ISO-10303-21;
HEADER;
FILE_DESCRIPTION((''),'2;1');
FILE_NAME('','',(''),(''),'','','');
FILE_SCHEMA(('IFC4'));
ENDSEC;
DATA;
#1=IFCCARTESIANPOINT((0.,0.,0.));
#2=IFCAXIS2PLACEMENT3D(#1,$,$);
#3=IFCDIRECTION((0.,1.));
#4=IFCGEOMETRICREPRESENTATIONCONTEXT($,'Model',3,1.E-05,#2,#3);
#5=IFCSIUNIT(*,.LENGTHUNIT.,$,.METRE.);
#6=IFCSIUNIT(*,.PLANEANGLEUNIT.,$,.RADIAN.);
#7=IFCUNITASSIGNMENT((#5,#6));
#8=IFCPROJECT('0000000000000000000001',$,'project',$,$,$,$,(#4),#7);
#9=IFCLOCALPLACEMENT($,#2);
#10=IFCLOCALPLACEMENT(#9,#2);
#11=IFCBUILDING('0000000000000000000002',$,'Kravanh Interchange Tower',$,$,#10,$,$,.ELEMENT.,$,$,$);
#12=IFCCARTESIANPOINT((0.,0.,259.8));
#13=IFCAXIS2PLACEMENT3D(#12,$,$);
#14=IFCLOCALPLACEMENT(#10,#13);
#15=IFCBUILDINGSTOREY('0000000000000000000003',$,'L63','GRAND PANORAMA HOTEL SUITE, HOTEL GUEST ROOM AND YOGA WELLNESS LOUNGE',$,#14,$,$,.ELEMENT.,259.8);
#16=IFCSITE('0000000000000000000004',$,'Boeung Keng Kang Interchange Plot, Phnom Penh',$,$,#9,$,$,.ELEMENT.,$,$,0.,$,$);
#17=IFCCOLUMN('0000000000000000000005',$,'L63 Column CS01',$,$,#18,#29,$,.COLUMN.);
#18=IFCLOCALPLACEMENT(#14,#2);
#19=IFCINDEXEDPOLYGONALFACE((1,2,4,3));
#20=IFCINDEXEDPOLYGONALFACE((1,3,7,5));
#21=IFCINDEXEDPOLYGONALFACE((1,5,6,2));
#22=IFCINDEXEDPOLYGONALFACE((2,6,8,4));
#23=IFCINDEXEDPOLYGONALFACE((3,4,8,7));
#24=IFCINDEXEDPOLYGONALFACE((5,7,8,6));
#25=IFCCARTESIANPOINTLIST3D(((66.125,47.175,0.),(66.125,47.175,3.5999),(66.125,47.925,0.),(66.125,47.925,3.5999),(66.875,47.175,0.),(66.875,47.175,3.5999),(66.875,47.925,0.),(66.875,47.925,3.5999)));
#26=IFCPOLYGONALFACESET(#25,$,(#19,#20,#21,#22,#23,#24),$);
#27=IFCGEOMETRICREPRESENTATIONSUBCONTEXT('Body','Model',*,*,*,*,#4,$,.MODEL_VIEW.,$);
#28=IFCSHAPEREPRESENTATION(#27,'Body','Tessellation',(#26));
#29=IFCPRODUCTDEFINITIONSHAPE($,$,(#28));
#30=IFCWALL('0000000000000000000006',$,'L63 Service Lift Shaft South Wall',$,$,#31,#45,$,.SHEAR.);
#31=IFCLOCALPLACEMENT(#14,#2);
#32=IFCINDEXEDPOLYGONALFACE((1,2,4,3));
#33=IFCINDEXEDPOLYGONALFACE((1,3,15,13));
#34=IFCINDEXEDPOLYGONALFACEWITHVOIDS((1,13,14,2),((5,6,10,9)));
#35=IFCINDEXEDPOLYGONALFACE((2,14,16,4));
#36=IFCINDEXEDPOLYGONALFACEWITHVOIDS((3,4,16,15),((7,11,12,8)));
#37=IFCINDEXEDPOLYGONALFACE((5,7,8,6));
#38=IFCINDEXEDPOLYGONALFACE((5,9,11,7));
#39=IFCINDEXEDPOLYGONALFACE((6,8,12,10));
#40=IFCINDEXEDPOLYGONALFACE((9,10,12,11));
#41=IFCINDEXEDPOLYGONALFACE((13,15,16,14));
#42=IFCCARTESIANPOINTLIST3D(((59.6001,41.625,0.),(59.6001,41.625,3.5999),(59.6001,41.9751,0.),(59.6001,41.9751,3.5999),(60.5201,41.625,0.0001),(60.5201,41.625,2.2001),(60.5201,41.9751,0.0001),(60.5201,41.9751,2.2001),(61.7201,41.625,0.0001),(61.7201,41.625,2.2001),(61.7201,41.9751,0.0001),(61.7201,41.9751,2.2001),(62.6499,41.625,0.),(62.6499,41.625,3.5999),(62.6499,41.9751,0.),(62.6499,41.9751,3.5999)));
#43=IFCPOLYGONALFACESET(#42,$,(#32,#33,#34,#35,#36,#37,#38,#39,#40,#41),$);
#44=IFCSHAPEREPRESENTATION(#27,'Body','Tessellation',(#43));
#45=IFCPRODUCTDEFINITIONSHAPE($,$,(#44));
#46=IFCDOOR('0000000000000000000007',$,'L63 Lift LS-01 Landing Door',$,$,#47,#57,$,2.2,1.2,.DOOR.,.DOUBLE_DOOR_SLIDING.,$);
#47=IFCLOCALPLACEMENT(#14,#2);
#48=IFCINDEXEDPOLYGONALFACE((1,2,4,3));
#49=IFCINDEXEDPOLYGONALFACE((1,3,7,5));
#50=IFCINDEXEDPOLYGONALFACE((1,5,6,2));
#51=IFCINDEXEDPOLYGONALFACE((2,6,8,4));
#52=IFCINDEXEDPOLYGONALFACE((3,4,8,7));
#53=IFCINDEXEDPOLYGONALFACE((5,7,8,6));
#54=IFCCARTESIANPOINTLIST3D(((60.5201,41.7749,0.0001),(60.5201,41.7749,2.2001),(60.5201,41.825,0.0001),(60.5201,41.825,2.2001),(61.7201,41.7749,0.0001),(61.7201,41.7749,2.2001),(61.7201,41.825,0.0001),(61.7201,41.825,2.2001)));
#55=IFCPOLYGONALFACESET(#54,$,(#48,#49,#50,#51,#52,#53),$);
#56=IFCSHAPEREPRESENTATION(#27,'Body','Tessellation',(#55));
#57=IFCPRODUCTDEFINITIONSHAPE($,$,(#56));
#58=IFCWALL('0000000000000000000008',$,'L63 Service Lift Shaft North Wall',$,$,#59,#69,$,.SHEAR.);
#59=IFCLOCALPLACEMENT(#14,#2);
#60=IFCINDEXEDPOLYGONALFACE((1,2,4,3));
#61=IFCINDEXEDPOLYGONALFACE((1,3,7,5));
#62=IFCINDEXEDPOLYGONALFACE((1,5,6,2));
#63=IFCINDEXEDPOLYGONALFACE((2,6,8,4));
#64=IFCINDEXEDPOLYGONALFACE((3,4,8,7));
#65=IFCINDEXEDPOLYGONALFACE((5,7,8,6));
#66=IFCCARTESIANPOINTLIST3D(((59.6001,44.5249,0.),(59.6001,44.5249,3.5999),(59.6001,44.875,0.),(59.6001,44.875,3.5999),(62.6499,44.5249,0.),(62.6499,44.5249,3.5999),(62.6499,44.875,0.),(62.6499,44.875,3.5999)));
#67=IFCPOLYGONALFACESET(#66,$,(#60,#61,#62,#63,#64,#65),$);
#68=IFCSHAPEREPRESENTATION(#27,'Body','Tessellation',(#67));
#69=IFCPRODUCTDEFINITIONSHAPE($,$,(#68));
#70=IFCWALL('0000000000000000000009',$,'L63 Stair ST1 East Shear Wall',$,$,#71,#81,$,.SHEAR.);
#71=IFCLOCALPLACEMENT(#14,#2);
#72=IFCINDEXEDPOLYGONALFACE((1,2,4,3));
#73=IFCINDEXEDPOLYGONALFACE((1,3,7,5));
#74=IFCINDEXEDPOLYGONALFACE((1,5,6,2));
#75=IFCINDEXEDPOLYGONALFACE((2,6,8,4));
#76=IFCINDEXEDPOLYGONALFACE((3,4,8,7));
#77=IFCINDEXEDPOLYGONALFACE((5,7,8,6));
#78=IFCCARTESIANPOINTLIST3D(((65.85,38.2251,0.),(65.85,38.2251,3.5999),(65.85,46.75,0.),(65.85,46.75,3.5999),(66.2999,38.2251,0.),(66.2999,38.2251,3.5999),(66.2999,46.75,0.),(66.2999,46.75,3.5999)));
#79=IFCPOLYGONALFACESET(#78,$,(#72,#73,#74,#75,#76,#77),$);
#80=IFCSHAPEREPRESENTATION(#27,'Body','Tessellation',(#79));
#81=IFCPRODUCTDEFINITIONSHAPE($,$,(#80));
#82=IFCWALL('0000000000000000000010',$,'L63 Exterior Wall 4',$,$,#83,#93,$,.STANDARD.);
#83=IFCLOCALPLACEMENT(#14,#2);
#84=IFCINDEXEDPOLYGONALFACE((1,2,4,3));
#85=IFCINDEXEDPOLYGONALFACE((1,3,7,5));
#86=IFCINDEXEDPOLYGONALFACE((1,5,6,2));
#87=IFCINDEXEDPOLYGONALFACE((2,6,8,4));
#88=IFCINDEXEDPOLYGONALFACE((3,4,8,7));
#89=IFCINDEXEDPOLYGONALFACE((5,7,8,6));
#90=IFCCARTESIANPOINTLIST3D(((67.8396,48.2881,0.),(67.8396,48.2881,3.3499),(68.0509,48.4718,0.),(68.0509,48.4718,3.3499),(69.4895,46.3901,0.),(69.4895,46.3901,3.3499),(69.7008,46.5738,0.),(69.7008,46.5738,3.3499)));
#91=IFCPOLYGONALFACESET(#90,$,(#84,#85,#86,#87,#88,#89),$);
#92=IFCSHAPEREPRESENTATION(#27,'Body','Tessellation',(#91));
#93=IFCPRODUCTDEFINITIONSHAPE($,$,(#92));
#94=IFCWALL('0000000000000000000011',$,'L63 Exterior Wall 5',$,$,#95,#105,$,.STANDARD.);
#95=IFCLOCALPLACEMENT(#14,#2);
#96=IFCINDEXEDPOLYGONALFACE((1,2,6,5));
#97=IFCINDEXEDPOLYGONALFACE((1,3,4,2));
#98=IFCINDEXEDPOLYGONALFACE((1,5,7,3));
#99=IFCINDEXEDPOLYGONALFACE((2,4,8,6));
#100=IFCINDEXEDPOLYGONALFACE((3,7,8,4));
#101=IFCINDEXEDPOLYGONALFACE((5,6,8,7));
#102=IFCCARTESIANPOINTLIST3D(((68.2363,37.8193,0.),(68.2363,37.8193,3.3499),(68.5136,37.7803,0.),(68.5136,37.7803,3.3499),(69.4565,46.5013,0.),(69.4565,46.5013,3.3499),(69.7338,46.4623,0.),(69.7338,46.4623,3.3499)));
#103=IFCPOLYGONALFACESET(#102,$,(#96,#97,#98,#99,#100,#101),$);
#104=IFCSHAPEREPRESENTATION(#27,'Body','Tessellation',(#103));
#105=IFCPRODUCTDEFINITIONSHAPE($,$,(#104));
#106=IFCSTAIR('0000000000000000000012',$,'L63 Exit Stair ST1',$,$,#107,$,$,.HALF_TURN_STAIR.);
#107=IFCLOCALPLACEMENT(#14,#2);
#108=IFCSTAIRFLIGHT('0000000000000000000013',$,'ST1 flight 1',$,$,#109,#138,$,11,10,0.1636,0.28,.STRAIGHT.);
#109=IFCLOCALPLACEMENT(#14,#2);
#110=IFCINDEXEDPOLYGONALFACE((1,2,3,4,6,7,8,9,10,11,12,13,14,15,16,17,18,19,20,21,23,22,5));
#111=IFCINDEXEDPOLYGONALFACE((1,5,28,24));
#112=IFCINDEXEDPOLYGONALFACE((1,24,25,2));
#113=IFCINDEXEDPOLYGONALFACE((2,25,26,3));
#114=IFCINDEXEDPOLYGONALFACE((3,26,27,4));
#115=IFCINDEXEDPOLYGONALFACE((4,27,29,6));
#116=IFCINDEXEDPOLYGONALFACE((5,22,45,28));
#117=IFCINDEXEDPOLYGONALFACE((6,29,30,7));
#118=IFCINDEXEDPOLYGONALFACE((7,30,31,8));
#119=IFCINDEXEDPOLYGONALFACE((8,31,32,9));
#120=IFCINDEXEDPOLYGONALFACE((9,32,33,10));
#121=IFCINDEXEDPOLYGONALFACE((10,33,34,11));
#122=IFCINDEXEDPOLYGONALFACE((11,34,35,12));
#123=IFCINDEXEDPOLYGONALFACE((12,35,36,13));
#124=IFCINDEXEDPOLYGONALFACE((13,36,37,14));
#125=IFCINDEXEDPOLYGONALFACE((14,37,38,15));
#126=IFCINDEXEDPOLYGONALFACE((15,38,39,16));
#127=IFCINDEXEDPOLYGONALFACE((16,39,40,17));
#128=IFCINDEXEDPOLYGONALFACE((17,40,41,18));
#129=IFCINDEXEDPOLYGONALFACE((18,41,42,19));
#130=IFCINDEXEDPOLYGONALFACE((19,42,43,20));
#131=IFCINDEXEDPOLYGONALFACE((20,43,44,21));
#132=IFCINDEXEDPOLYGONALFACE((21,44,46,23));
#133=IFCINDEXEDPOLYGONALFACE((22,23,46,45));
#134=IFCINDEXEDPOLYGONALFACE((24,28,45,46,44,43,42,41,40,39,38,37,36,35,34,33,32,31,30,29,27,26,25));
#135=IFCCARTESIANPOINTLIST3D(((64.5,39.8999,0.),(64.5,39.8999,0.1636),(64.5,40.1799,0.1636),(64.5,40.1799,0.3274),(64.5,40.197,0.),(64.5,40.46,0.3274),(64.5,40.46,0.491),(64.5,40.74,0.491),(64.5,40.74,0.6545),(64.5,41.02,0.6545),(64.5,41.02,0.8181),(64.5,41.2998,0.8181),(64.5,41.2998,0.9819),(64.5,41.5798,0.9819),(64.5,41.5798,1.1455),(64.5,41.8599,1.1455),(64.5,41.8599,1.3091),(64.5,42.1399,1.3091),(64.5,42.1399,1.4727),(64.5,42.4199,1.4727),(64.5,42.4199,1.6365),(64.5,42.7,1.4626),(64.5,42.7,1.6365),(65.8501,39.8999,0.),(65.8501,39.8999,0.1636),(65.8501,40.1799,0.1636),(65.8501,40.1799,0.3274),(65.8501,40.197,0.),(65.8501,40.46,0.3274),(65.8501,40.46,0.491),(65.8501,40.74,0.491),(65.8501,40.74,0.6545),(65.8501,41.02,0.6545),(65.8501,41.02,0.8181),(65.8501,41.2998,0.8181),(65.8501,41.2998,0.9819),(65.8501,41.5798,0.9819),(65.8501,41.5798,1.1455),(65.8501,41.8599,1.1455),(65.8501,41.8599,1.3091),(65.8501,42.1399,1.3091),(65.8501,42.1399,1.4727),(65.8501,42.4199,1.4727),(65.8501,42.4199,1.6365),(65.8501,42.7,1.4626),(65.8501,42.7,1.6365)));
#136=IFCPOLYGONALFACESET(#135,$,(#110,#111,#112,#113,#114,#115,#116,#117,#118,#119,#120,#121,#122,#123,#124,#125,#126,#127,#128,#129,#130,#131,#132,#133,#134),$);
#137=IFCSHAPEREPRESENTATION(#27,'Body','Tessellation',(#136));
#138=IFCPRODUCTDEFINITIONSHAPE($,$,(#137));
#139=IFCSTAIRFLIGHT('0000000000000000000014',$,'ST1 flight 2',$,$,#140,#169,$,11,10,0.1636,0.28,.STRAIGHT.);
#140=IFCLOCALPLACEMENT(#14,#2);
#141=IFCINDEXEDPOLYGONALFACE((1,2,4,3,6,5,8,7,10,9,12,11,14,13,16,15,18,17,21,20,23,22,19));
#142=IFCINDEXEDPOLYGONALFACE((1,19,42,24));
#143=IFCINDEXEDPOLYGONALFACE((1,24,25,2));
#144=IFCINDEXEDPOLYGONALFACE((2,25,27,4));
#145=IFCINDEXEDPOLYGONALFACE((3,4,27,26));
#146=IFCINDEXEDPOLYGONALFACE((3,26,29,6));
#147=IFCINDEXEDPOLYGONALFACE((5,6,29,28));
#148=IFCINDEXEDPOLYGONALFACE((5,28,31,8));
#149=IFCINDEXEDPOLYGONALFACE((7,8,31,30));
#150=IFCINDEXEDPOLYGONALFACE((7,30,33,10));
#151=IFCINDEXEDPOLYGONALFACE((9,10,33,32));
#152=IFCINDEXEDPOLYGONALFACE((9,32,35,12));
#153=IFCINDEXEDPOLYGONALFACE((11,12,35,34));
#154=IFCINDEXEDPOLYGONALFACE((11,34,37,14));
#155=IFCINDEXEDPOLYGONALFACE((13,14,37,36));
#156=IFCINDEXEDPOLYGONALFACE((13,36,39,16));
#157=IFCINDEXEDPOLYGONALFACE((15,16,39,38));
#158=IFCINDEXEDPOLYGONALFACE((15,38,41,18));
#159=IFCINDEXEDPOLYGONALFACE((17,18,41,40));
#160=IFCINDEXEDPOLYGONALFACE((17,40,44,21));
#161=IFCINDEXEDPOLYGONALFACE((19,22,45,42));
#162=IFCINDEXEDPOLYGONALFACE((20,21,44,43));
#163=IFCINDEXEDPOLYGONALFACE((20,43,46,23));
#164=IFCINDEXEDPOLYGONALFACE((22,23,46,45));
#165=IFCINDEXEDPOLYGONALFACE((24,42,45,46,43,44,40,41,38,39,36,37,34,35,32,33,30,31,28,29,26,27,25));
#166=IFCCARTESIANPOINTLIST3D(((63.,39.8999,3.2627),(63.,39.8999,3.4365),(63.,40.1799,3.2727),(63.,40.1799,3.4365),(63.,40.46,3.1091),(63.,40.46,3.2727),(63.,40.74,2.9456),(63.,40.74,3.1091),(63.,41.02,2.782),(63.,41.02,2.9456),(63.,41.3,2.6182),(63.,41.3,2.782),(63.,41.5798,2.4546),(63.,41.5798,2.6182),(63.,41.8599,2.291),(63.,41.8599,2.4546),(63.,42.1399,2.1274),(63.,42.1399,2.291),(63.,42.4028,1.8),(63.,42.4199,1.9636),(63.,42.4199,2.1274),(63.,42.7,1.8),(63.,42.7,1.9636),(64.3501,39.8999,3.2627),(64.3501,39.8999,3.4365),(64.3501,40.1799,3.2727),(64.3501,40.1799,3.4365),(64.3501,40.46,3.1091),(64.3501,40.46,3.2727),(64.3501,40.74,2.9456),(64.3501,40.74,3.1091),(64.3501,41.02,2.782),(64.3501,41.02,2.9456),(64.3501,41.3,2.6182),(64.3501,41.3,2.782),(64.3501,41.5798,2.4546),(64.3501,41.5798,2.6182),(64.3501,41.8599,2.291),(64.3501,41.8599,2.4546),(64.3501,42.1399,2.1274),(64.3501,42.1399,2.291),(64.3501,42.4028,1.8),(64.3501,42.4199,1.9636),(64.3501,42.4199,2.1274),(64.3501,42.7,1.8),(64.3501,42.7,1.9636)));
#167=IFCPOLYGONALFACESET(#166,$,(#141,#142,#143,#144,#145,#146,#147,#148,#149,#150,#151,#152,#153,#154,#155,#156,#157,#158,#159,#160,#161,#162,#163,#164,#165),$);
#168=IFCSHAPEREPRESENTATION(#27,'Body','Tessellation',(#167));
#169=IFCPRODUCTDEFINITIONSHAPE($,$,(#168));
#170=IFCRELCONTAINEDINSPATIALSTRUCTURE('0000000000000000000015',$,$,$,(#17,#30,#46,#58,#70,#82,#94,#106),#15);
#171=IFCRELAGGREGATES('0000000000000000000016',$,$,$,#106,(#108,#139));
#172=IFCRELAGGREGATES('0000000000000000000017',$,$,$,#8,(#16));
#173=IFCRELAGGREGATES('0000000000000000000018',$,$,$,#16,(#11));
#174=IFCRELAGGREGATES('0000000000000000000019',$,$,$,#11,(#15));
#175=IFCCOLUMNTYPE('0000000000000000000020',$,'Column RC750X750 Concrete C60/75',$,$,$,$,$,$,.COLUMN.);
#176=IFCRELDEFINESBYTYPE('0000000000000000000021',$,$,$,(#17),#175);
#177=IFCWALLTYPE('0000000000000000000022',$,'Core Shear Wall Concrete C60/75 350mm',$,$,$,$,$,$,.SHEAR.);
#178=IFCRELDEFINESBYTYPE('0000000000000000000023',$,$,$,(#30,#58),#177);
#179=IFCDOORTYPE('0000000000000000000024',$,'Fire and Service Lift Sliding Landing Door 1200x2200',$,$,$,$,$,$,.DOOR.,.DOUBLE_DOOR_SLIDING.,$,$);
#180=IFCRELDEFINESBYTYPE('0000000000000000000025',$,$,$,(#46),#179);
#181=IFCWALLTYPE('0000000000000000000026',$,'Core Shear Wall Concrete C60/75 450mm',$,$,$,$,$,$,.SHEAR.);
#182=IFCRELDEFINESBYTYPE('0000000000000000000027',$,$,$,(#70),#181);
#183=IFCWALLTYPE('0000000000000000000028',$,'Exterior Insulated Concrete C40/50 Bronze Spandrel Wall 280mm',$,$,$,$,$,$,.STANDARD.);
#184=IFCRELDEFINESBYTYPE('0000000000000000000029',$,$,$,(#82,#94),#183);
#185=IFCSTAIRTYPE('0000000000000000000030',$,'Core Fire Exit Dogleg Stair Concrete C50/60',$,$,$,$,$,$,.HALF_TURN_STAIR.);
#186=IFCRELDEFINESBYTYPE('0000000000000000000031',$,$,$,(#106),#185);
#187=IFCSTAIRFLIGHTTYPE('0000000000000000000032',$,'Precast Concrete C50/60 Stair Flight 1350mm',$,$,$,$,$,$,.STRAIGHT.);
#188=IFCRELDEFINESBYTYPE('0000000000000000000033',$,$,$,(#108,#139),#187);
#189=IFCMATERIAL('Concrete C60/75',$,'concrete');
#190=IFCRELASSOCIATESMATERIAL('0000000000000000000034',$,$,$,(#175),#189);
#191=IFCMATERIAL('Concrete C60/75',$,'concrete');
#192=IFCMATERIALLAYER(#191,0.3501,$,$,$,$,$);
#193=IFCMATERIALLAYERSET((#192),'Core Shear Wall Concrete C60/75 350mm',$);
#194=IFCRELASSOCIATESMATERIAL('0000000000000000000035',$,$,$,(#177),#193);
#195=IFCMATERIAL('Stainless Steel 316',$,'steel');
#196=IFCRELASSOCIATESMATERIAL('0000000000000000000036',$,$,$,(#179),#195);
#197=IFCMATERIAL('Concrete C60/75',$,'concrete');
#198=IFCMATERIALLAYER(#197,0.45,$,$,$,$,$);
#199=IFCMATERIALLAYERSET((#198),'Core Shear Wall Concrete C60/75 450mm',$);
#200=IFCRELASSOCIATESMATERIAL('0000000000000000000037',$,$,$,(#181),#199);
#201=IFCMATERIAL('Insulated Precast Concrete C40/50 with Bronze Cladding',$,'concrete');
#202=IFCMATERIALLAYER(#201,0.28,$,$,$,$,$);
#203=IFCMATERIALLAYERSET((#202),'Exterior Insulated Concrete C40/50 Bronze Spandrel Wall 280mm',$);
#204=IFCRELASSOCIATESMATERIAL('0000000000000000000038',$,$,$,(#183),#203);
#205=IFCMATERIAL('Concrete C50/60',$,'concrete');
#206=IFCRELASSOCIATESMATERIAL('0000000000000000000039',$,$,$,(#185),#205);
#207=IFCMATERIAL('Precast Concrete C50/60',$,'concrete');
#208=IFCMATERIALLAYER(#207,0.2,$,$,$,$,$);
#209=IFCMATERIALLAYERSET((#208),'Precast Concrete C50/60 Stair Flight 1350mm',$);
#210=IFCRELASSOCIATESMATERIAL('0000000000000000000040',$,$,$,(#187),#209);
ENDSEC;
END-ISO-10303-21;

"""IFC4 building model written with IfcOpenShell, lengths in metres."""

from ifc_helpers import new_model, si_unit, direction, frame, frame_2d, origin, origin_2d, place, context, subcontext, project, spatial, polyline, rectangle, outline, extrude, material, layer, layer_set, material_profile, profile_set, type_object, element, fill, aggregate, save


model = new_model("IFC4")

# Units and contexts
model_context = context("Model", 3, precision=1e-05, world=origin(), true_north=direction((0.0, 1.0)))
body_context = subcontext(model_context, "Body", "Model", "MODEL_VIEW")
ifc_project = project(units=[si_unit("LENGTHUNIT", "METRE"), si_unit("PLANEANGLEUNIT", "RADIAN")], contexts=[model_context])

# Site, building, storey
site_placement = place(None, origin())
site = spatial("IfcSite", under=ifc_project, at=site_placement, Name="Boeung Keng Kang Interchange Plot, Phnom Penh", CompositionType="ELEMENT", RefElevation=0.0)
building_placement = place(site_placement, origin())
building = spatial("IfcBuilding", under=site, at=building_placement, Name="Kravanh Interchange Tower", CompositionType="ELEMENT")
storey_placement = place(building_placement, frame((0.0, 0.0, 259.8)))
storey = spatial("IfcBuildingStorey", under=building, at=storey_placement, Name="L63", Description="GRAND PANORAMA HOTEL SUITE, HOTEL GUEST ROOM AND YOGA WELLNESS LOUNGE", CompositionType="ELEMENT", Elevation=259.8)

# Column
ifc_material_1 = material(Name="Concrete C60/75", Category="concrete")
ifc_material_profile = material_profile(ifc_material_1, rectangle(XDim=0.75, YDim=0.75, at=origin_2d()), Name="RC750X750")
ifc_profile_set = profile_set([ifc_material_profile], Name="Concrete C60/75")
column_type = type_object("IfcColumnType", Name="Column RC750X750 Concrete C60/75", PredefinedType="COLUMN", material=ifc_profile_set)
column_placement = place(storey_placement, frame((66.5, 47.55, 0.0), z_axis=(0.0, 0.0, 1.0), x_axis=(1.0, 0.0, 0.0)))
element("IfcColumn", 1, at=column_placement, inside=storey, type_object=column_type, Name="L63 Column CS01", PredefinedType="COLUMN", context=body_context, shape_type="SweptSolid", body=[
    extrude(rectangle(XDim=0.75, YDim=0.75, at=origin_2d()), origin(), (0.0, 0.0, 1.0), 3.5999),
])

# Wall, opening, door
ifc_material_2 = material(Name="Concrete C60/75", Category="concrete")
ifc_layer_1 = layer(ifc_material_2, 0.3501)
ifc_layer_set_1 = layer_set([ifc_layer_1], Name="Core Shear Wall Concrete C60/75 350mm")
wall_type_1 = type_object("IfcWallType", Name="Core Shear Wall Concrete C60/75 350mm", PredefinedType="SHEAR", material=ifc_layer_set_1)
wall_1_placement = place(storey_placement, frame((59.6001, 41.8, 0.0), z_axis=(0.0, 0.0, 1.0), x_axis=(1.0, 0.0, 0.0)))
wall_1 = element("IfcWall", 2, at=wall_1_placement, inside=storey, type_object=wall_type_1, Name="L63 Service Lift Shaft South Wall", PredefinedType="SHEAR", context=body_context, shape_type="SweptSolid", body=[
    extrude(rectangle(XDim=3.0498, YDim=0.3501, at=frame_2d((1.5249, 0.0))), origin(), (0.0, 0.0, 1.0), 3.5999),
])
opening_placement = place(wall_1_placement, frame((0.9199, 0.0, 0.0)))
opening = element("IfcOpeningElement", 3, at=opening_placement, cuts=wall_1, PredefinedType="OPENING", context=body_context, shape_type="SweptSolid", body=[
    extrude(rectangle(XDim=1.2, YDim=2.2, at=frame_2d((0.6001, 1.1001))), frame((0.0, 0.1851, 0.0), z_axis=(0.0, -1.0, 0.0), x_axis=(1.0, 0.0, 0.0)), (0.0, 0.0, 1.0), 0.3701),
])
ifc_material_3 = material(Name="Stainless Steel 316", Category="steel")
door_type = type_object("IfcDoorType", Name="Fire and Service Lift Sliding Landing Door 1200x2200", OperationType="DOUBLE_DOOR_SLIDING", PredefinedType="DOOR", material=ifc_material_3)
door_placement = place(opening_placement, origin())
door = element("IfcDoor", 4, at=door_placement, inside=storey, type_object=door_type, Name="L63 Lift LS-01 Landing Door", OperationType="DOUBLE_DOOR_SLIDING", OverallHeight=2.2, OverallWidth=1.2, PredefinedType="DOOR", context=body_context, shape_type="SweptSolid", body=[
    extrude(rectangle(XDim=1.2, YDim=2.2, at=frame_2d((0.6001, 1.1001))), frame((0.0, 0.0249, 0.0), z_axis=(0.0, -1.0, 0.0), x_axis=(1.0, 0.0, 0.0)), (0.0, 0.0, 1.0), 0.05),
])
fill(opening, door)

# Walls
wall_2_placement = place(storey_placement, frame((59.6001, 44.7, 0.0), z_axis=(0.0, 0.0, 1.0), x_axis=(1.0, 0.0, 0.0)))
element("IfcWall", 5, at=wall_2_placement, inside=storey, type_object=wall_type_1, Name="L63 Service Lift Shaft North Wall", PredefinedType="SHEAR", context=body_context, shape_type="SweptSolid", body=[
    extrude(rectangle(XDim=3.0498, YDim=0.3501, at=frame_2d((1.5249, 0.0))), origin(), (0.0, 0.0, 1.0), 3.5999),
])
ifc_material_4 = material(Name="Concrete C60/75", Category="concrete")
ifc_layer_2 = layer(ifc_material_4, 0.45)
ifc_layer_set_2 = layer_set([ifc_layer_2], Name="Core Shear Wall Concrete C60/75 450mm")
wall_type_2 = type_object("IfcWallType", Name="Core Shear Wall Concrete C60/75 450mm", PredefinedType="SHEAR", material=ifc_layer_set_2)
wall_3_placement = place(storey_placement, frame((66.075, 38.2251, 0.0), z_axis=(0.0, 0.0, 1.0), x_axis=(0.0, 1.0, 0.0)))
element("IfcWall", 6, at=wall_3_placement, inside=storey, type_object=wall_type_2, Name="L63 Stair ST1 East Shear Wall", PredefinedType="SHEAR", context=body_context, shape_type="SweptSolid", body=[
    extrude(rectangle(XDim=8.5249, YDim=0.45, at=frame_2d((4.2625, 0.0))), origin(), (0.0, 0.0, 1.0), 3.5999),
])
ifc_material_5 = material(Name="Insulated Precast Concrete C40/50 with Bronze Cladding", Category="concrete")
ifc_layer_3 = layer(ifc_material_5, 0.28)
ifc_layer_set_3 = layer_set([ifc_layer_3], Name="Exterior Insulated Concrete C40/50 Bronze Spandrel Wall 280mm")
wall_type_3 = type_object("IfcWallType", Name="Exterior Insulated Concrete C40/50 Bronze Spandrel Wall 280mm", PredefinedType="STANDARD", material=ifc_layer_set_3)
wall_4_placement = place(storey_placement, frame((67.9453, 48.3799, 0.0), z_axis=(0.0, 0.0, 1.0), x_axis=(0.656068, -0.754702, 0.0)))
element("IfcWall", 7, at=wall_4_placement, inside=storey, type_object=wall_type_3, Name="L63 Exterior Wall 4", PredefinedType="STANDARD", context=body_context, shape_type="SweptSolid", body=[
    extrude(rectangle(XDim=2.5149, YDim=0.28, at=frame_2d((1.2573, 0.0))), origin(), (0.0, 0.0, 1.0), 3.3499),
])
wall_5_placement = place(storey_placement, frame((69.5952, 46.4819, 0.0), z_axis=(0.0, 0.0, 1.0), x_axis=(-0.139179, -0.990267, 0.0)))
element("IfcWall", 8, at=wall_5_placement, inside=storey, type_object=wall_type_3, Name="L63 Exterior Wall 5", PredefinedType="STANDARD", context=body_context, shape_type="SweptSolid", body=[
    extrude(rectangle(XDim=8.7673, YDim=0.28, at=frame_2d((4.3838, 0.0))), origin(), (0.0, 0.0, 1.0), 3.3499),
])

# Stair, stair flights
ifc_material_6 = material(Name="Concrete C50/60", Category="concrete")
stair_type = type_object("IfcStairType", Name="Core Fire Exit Dogleg Stair Concrete C50/60", PredefinedType="HALF_TURN_STAIR", material=ifc_material_6)
stair_1_placement = place(storey_placement, origin())
stair_1 = element("IfcStair", 9, at=stair_1_placement, inside=storey, type_object=stair_type, Name="L63 Exit Stair ST1", PredefinedType="HALF_TURN_STAIR")
ifc_material_7 = material(Name="Precast Concrete C50/60", Category="concrete")
ifc_layer_4 = layer(ifc_material_7, 0.2)
ifc_layer_set_4 = layer_set([ifc_layer_4], Name="Precast Concrete C50/60 Stair Flight 1350mm")
stair_flight_type = type_object("IfcStairFlightType", Name="Precast Concrete C50/60 Stair Flight 1350mm", PredefinedType="STRAIGHT", material=ifc_layer_set_4)
stair_flight_1_placement = place(storey_placement, frame((65.175, 39.8999, 0.0), z_axis=(0.0, 0.0, 1.0), x_axis=(0.0, 1.0, 0.0)))
stair_flight_1 = element("IfcStairFlight", 10, at=stair_flight_1_placement, type_object=stair_flight_type, Name="ST1 flight 1", NumberOfRisers=11, NumberOfTreads=10, PredefinedType="STRAIGHT", RiserHeight=0.1636, TreadLength=0.28, context=body_context, shape_type="SweptSolid", body=[
    extrude(outline(polyline([(0.0, 0.0), (0.0, 0.1636), (0.28, 0.1636), (0.28, 0.3274), (0.5601, 0.3274), (0.5601, 0.491), (0.8401, 0.491), (0.8401, 0.6545), (1.1201, 0.6545), (1.1201, 0.8181), (1.3999, 0.8181), (1.3999, 0.9819), (1.6799, 0.9819), (1.6799, 1.1455), (1.96, 1.1455), (1.96, 1.3091), (2.24, 1.3091), (2.24, 1.4727), (2.52, 1.4727), (2.52, 1.6365), (2.8, 1.6365), (2.8, 1.8), (2.8, 1.4626), (0.2971, 0.0), (0.0, 0.0)])), frame((0.0, 0.675, 0.0), z_axis=(0.0, -1.0, 0.0), x_axis=(1.0, 0.0, 0.0)), (0.0, 0.0, 1.0), 1.3501),
])
stair_flight_2_placement = place(storey_placement, frame((63.675, 42.7, 1.8), z_axis=(0.0, 0.0, 1.0), x_axis=(0.0, -1.0, 0.0)))
stair_flight_2 = element("IfcStairFlight", 11, at=stair_flight_2_placement, type_object=stair_flight_type, Name="ST1 flight 2", NumberOfRisers=11, NumberOfTreads=10, PredefinedType="STRAIGHT", RiserHeight=0.1636, TreadLength=0.28, context=body_context, shape_type="SweptSolid", body=[
    extrude(outline(polyline([(0.0, 0.0), (0.0, 0.1636), (0.28, 0.1636), (0.28, 0.3274), (0.5601, 0.3274), (0.5601, 0.491), (0.8401, 0.491), (0.8401, 0.6545), (1.1201, 0.6545), (1.1201, 0.8181), (1.3999, 0.8181), (1.3999, 0.9819), (1.6799, 0.9819), (1.6799, 1.1455), (1.96, 1.1455), (1.96, 1.3091), (2.24, 1.3091), (2.24, 1.4727), (2.52, 1.4727), (2.52, 1.6365), (2.8, 1.6365), (2.8, 1.8), (2.8, 1.4626), (0.2971, 0.0), (0.0, 0.0)])), frame((0.0, 0.675, 0.0), z_axis=(0.0, -1.0, 0.0), x_axis=(1.0, 0.0, 0.0)), (0.0, 0.0, 1.0), 1.3501),
])
aggregate(stair_1, [stair_flight_1, stair_flight_2])

save(model, "model.ifc")
